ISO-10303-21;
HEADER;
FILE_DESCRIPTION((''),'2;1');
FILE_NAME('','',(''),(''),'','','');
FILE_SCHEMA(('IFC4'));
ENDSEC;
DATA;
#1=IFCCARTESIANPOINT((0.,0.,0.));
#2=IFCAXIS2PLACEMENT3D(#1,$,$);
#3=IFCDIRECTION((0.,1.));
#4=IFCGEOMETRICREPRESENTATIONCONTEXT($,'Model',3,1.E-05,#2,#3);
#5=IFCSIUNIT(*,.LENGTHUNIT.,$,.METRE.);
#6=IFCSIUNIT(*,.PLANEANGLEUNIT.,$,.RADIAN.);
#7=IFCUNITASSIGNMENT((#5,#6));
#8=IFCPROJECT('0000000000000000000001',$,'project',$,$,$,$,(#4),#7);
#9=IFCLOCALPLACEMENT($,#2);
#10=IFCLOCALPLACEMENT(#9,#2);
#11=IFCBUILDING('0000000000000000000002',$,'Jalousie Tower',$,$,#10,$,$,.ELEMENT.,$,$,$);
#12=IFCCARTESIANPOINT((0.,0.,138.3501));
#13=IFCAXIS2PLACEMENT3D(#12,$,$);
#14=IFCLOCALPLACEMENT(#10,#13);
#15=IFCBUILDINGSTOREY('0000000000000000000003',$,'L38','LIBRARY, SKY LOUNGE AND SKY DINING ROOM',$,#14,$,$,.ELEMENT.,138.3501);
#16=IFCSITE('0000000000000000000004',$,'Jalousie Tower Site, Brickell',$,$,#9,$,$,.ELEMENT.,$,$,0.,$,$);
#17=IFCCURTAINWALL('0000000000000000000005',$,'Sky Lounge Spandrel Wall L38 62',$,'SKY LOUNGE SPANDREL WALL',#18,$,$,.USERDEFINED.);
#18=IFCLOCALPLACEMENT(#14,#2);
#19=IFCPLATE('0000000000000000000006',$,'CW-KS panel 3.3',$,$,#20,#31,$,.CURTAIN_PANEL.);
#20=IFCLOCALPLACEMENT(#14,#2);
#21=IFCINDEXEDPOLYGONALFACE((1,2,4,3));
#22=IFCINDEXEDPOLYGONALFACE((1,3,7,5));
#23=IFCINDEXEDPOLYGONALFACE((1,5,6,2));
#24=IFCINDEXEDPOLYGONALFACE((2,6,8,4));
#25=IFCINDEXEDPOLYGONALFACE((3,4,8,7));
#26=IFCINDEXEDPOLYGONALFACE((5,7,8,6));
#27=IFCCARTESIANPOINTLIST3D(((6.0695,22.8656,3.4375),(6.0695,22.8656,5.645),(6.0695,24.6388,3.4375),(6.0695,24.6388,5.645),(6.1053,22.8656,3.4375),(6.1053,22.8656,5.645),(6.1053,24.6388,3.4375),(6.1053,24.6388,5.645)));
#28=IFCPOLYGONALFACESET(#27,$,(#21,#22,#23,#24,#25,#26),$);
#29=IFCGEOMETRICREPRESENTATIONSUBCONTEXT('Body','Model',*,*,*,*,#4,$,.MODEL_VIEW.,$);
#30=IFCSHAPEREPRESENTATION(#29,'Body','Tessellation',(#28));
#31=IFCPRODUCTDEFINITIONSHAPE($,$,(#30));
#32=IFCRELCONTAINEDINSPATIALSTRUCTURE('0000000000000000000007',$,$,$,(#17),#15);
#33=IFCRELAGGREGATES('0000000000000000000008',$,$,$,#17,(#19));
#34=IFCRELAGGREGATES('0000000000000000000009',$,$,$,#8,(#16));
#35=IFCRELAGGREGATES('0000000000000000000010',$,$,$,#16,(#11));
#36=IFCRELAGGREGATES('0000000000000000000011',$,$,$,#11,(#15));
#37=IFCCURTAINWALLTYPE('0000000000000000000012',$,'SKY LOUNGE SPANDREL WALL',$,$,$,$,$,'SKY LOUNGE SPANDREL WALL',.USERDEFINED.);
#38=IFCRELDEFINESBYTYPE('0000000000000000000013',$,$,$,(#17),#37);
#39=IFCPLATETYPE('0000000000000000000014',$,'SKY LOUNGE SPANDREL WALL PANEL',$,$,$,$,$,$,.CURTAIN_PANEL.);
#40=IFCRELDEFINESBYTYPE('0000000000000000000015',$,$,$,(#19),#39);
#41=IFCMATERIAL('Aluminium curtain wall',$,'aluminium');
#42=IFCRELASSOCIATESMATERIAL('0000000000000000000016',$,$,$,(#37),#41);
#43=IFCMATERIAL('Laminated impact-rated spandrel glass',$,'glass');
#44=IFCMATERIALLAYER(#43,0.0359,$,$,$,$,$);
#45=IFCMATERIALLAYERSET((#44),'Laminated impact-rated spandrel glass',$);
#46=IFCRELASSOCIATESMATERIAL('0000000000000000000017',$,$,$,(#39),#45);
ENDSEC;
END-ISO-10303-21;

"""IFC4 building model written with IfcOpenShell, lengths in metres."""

from ifc_helpers import new_model, si_unit, direction, frame, origin, origin_2d, place, context, subcontext, project, spatial, rectangle, extrude, material, layer, layer_set, type_object, element, aggregate, save


model = new_model("IFC4")

# Units and contexts
model_context = context("Model", 3, precision=1e-05, world=origin(), true_north=direction((0.0, 1.0)))
body_context = subcontext(model_context, "Body", "Model", "MODEL_VIEW")
ifc_project = project(units=[si_unit("LENGTHUNIT", "METRE"), si_unit("PLANEANGLEUNIT", "RADIAN")], contexts=[model_context])

# Site, building, storey
site_placement = place(None, origin())
site = spatial("IfcSite", under=ifc_project, at=site_placement, Name="Jalousie Tower Site, Brickell", CompositionType="ELEMENT", RefElevation=0.0)
building_placement = place(site_placement, origin())
building = spatial("IfcBuilding", under=site, at=building_placement, Name="Jalousie Tower", CompositionType="ELEMENT")
storey_placement = place(building_placement, frame((0.0, 0.0, 138.3501)))
storey = spatial("IfcBuildingStorey", under=building, at=storey_placement, Name="L38", Description="LIBRARY, SKY LOUNGE AND SKY DINING ROOM", CompositionType="ELEMENT", Elevation=138.3501)

# Curtain wall, plate
ifc_material_1 = material(Name="Aluminium curtain wall", Category="aluminium")
curtain_wall_type = type_object("IfcCurtainWallType", Name="SKY LOUNGE SPANDREL WALL", ElementType="SKY LOUNGE SPANDREL WALL", PredefinedType="USERDEFINED", material=ifc_material_1)
curtain_wall_placement = place(storey_placement, origin())
curtain_wall = element("IfcCurtainWall", 1, at=curtain_wall_placement, inside=storey, type_object=curtain_wall_type, Name="Sky Lounge Spandrel Wall L38 62", ObjectType="SKY LOUNGE SPANDREL WALL", PredefinedType="USERDEFINED")
ifc_material_2 = material(Name="Laminated impact-rated spandrel glass", Category="glass")
ifc_layer = layer(ifc_material_2, 0.0359)
ifc_layer_set = layer_set([ifc_layer], Name="Laminated impact-rated spandrel glass")
plate_type = type_object("IfcPlateType", Name="SKY LOUNGE SPANDREL WALL PANEL", PredefinedType="CURTAIN_PANEL", material=ifc_layer_set)
plate_1_placement = place(storey_placement, frame((6.0874, 23.7522, 3.4375), z_axis=(0.0, 0.0, 1.0), x_axis=(0.0, -1.0, 0.0)))
plate_1 = element("IfcPlate", 2, at=plate_1_placement, type_object=plate_type, Name="CW-KS panel 3.3", PredefinedType="CURTAIN_PANEL", context=body_context, shape_type="SweptSolid", body=[
    extrude(rectangle(XDim=1.7732, YDim=0.0359, at=origin_2d()), origin(), (0.0, 0.0, 1.0), 2.2075),
])
aggregate(curtain_wall, [plate_1])

save(model, "model.ifc")
